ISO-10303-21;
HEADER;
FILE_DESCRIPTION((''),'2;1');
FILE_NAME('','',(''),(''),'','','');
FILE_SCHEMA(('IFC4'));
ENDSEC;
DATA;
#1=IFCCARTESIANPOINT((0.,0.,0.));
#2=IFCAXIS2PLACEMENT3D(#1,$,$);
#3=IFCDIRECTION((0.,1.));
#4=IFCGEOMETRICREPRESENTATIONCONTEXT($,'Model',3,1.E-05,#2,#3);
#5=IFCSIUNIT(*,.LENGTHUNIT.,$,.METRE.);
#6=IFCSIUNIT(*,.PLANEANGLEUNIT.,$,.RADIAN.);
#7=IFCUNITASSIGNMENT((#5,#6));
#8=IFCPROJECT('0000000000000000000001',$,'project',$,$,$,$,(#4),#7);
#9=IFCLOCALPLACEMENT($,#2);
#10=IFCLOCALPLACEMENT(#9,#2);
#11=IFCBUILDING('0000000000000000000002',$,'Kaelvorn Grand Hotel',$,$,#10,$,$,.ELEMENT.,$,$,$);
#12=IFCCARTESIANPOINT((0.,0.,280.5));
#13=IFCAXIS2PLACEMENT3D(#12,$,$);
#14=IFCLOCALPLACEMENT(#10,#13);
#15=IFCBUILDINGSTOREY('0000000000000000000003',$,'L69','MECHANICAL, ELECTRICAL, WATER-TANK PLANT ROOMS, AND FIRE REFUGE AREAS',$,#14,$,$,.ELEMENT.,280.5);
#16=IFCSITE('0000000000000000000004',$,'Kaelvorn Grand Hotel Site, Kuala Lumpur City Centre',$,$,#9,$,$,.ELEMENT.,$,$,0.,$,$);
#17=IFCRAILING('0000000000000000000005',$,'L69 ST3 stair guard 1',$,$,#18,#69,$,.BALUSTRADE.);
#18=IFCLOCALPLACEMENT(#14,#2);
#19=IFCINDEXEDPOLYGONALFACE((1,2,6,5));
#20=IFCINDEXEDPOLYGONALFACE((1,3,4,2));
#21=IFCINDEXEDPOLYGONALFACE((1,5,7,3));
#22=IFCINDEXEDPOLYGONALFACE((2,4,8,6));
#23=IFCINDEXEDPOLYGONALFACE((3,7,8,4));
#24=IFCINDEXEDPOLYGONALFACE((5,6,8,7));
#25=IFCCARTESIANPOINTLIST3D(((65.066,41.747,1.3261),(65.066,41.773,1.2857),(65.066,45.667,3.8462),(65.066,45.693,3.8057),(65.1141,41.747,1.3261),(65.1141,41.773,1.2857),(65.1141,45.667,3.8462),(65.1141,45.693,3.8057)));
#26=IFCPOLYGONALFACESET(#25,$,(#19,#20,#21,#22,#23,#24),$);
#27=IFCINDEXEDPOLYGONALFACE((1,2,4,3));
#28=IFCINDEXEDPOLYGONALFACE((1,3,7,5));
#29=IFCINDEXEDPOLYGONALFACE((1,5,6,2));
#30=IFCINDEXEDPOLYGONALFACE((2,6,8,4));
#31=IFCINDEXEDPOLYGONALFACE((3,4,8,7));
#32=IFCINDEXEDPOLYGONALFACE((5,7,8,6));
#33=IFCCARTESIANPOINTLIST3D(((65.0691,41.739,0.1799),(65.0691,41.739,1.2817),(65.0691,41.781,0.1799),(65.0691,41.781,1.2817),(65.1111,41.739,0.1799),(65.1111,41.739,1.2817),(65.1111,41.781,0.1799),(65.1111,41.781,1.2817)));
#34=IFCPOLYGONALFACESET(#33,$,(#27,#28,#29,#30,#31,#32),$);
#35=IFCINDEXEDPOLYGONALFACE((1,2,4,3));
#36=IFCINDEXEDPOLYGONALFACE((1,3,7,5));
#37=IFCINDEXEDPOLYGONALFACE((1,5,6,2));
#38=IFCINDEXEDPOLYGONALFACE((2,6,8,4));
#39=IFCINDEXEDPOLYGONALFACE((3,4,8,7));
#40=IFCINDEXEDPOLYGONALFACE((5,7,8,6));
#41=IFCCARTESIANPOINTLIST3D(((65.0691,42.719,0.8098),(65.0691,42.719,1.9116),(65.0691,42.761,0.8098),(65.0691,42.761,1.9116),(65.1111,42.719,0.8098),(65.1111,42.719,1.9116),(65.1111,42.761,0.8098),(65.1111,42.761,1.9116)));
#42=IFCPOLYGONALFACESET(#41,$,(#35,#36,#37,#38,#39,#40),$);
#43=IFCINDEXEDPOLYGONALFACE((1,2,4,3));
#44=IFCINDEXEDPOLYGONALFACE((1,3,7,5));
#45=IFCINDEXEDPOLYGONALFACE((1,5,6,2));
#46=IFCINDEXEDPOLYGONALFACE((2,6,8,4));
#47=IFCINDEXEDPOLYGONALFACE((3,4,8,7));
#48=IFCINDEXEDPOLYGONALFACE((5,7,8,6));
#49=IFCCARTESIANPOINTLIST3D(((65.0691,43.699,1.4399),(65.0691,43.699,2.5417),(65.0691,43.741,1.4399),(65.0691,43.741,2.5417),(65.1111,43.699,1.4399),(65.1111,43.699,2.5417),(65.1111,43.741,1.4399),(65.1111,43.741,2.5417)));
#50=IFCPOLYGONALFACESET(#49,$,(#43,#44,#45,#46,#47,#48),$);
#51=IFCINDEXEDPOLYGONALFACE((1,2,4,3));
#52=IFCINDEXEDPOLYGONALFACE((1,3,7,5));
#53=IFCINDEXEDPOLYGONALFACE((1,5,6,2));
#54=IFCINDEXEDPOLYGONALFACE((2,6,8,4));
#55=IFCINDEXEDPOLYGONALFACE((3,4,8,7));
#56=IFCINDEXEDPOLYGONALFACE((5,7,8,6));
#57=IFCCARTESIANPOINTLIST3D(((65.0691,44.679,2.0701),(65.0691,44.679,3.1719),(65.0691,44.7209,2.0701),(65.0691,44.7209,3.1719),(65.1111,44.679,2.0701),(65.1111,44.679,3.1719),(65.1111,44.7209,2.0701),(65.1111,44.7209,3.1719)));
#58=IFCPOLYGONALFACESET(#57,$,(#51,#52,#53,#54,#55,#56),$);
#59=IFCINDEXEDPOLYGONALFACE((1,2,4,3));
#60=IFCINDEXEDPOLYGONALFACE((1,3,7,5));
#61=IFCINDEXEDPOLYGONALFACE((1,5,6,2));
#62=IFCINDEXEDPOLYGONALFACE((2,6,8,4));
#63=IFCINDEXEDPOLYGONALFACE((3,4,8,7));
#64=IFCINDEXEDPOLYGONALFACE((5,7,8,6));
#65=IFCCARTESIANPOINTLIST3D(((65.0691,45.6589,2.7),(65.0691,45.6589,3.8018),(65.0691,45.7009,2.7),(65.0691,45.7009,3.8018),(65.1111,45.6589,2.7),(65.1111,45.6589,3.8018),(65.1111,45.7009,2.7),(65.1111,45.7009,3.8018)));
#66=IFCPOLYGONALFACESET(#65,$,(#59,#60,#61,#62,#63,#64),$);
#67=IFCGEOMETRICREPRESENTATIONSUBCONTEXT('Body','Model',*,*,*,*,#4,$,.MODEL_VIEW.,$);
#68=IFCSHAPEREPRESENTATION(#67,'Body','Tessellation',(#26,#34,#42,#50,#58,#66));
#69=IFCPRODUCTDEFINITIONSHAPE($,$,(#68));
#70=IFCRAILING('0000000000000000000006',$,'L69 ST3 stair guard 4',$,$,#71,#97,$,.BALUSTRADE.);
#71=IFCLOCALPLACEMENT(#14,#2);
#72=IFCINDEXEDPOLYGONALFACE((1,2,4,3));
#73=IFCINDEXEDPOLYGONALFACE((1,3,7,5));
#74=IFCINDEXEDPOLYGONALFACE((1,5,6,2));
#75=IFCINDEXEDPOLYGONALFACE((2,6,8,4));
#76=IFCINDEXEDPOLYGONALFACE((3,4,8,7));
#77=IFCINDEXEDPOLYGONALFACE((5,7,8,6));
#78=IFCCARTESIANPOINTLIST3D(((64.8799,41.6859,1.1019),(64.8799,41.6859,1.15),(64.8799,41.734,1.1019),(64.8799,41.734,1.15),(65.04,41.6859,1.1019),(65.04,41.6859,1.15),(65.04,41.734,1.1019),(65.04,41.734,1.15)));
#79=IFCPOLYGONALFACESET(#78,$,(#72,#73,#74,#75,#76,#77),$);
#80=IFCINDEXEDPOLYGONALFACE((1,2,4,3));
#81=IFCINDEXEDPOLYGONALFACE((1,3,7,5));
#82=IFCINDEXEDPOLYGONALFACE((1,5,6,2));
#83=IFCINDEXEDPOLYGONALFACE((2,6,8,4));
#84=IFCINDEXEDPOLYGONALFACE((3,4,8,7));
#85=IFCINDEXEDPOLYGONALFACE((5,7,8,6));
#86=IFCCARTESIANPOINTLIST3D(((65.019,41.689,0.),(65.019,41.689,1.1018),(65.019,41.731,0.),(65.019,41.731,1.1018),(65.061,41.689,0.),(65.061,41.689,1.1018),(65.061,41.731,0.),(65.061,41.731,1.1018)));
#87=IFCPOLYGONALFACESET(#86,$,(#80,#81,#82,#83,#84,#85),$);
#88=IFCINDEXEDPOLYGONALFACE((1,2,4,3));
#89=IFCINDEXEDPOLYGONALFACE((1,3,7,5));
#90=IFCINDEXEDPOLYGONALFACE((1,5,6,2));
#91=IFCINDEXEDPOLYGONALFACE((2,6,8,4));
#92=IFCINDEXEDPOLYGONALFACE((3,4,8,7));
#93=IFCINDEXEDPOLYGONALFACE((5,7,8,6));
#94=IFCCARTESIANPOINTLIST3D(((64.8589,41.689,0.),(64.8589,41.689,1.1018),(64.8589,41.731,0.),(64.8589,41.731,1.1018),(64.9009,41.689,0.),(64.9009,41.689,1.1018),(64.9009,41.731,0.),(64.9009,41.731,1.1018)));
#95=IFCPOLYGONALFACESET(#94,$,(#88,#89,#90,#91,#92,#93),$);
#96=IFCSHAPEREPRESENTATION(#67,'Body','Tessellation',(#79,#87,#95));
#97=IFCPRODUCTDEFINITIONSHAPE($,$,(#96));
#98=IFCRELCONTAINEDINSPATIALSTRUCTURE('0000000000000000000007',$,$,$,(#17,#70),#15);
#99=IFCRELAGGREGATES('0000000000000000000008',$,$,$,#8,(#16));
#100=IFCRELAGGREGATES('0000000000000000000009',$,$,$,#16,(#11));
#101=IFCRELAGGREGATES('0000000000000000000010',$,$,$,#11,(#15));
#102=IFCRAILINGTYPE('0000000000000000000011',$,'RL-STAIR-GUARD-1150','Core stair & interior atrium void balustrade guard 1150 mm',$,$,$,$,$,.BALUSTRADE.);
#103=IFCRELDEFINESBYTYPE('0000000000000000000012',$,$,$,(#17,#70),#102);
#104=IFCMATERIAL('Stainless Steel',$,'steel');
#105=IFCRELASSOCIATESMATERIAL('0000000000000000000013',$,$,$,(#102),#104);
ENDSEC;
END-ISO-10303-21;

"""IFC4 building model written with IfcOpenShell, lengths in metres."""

from ifc_helpers import new_model, si_unit, direction, frame, origin, origin_2d, place, context, subcontext, project, spatial, rectangle, extrude, material, type_object, element, save


model = new_model("IFC4")

# Units and contexts
model_context = context("Model", 3, precision=1e-05, world=origin(), true_north=direction((0.0, 1.0)))
body_context = subcontext(model_context, "Body", "Model", "MODEL_VIEW")
ifc_project = project(units=[si_unit("LENGTHUNIT", "METRE"), si_unit("PLANEANGLEUNIT", "RADIAN")], contexts=[model_context])

# Site, building, storey
site_placement = place(None, origin())
site = spatial("IfcSite", under=ifc_project, at=site_placement, Name="Kaelvorn Grand Hotel Site, Kuala Lumpur City Centre", CompositionType="ELEMENT", RefElevation=0.0)
building_placement = place(site_placement, origin())
building = spatial("IfcBuilding", under=site, at=building_placement, Name="Kaelvorn Grand Hotel", CompositionType="ELEMENT")
storey_placement = place(building_placement, frame((0.0, 0.0, 280.5)))
storey = spatial("IfcBuildingStorey", under=building, at=storey_placement, Name="L69", Description="MECHANICAL, ELECTRICAL, WATER-TANK PLANT ROOMS, AND FIRE REFUGE AREAS", CompositionType="ELEMENT", Elevation=280.5)

# Shared definitions
ifc_material_1 = material(Name="Stainless Steel", Category="steel")

# Railings
railing_type = type_object("IfcRailingType", Name="RL-STAIR-GUARD-1150", Description="Core stair & interior atrium void balustrade guard 1150 mm", PredefinedType="BALUSTRADE", material=ifc_material_1)
railing_1_placement = place(storey_placement, frame((65.0901, 41.76, 0.1799)))
element("IfcRailing", 1, at=railing_1_placement, inside=storey, type_object=railing_type, Name="L69 ST3 stair guard 1", PredefinedType="BALUSTRADE", context=body_context, shape_type="SweptSolid", body=[
    extrude(rectangle(XDim=0.0481, YDim=0.0481, at=origin_2d()), frame((0.0, 0.0, 1.126), z_axis=(0.0, 0.841172, 0.540768), x_axis=(-1.0, 0.0, 0.0)), (0.0, 0.0, 1.0), 4.6602),
    extrude(rectangle(XDim=0.042, YDim=0.042, at=origin_2d()), origin(), (0.0, 0.0, 1.0), 1.1018),
    extrude(rectangle(XDim=0.042, YDim=0.042, at=origin_2d()), frame((0.0, 0.98, 0.6299)), (0.0, 0.0, 1.0), 1.1018),
    extrude(rectangle(XDim=0.042, YDim=0.042, at=origin_2d()), frame((0.0, 1.96, 1.26)), (0.0, 0.0, 1.0), 1.1018),
    extrude(rectangle(XDim=0.042, YDim=0.042, at=origin_2d()), frame((0.0, 2.9399, 1.8901)), (0.0, 0.0, 1.0), 1.1018),
    extrude(rectangle(XDim=0.042, YDim=0.042, at=origin_2d()), frame((0.0, 3.9199, 2.52)), (0.0, 0.0, 1.0), 1.1018),
])
railing_2_placement = place(storey_placement, frame((65.04, 41.71, 0.0)))
element("IfcRailing", 2, at=railing_2_placement, inside=storey, type_object=railing_type, Name="L69 ST3 stair guard 4", PredefinedType="BALUSTRADE", context=body_context, shape_type="SweptSolid", body=[
    extrude(rectangle(XDim=0.0481, YDim=0.0481, at=origin_2d()), frame((0.0, 0.0, 1.126), z_axis=(-1.0, 0.0, 0.0), x_axis=(0.0, -1.0, 0.0)), (0.0, 0.0, 1.0), 0.1602),
    extrude(rectangle(XDim=0.042, YDim=0.042, at=origin_2d()), origin(), (0.0, 0.0, 1.0), 1.1018),
    extrude(rectangle(XDim=0.042, YDim=0.042, at=origin_2d()), frame((-0.1602, 0.0, 0.0)), (0.0, 0.0, 1.0), 1.1018),
])

save(model, "model.ifc")
